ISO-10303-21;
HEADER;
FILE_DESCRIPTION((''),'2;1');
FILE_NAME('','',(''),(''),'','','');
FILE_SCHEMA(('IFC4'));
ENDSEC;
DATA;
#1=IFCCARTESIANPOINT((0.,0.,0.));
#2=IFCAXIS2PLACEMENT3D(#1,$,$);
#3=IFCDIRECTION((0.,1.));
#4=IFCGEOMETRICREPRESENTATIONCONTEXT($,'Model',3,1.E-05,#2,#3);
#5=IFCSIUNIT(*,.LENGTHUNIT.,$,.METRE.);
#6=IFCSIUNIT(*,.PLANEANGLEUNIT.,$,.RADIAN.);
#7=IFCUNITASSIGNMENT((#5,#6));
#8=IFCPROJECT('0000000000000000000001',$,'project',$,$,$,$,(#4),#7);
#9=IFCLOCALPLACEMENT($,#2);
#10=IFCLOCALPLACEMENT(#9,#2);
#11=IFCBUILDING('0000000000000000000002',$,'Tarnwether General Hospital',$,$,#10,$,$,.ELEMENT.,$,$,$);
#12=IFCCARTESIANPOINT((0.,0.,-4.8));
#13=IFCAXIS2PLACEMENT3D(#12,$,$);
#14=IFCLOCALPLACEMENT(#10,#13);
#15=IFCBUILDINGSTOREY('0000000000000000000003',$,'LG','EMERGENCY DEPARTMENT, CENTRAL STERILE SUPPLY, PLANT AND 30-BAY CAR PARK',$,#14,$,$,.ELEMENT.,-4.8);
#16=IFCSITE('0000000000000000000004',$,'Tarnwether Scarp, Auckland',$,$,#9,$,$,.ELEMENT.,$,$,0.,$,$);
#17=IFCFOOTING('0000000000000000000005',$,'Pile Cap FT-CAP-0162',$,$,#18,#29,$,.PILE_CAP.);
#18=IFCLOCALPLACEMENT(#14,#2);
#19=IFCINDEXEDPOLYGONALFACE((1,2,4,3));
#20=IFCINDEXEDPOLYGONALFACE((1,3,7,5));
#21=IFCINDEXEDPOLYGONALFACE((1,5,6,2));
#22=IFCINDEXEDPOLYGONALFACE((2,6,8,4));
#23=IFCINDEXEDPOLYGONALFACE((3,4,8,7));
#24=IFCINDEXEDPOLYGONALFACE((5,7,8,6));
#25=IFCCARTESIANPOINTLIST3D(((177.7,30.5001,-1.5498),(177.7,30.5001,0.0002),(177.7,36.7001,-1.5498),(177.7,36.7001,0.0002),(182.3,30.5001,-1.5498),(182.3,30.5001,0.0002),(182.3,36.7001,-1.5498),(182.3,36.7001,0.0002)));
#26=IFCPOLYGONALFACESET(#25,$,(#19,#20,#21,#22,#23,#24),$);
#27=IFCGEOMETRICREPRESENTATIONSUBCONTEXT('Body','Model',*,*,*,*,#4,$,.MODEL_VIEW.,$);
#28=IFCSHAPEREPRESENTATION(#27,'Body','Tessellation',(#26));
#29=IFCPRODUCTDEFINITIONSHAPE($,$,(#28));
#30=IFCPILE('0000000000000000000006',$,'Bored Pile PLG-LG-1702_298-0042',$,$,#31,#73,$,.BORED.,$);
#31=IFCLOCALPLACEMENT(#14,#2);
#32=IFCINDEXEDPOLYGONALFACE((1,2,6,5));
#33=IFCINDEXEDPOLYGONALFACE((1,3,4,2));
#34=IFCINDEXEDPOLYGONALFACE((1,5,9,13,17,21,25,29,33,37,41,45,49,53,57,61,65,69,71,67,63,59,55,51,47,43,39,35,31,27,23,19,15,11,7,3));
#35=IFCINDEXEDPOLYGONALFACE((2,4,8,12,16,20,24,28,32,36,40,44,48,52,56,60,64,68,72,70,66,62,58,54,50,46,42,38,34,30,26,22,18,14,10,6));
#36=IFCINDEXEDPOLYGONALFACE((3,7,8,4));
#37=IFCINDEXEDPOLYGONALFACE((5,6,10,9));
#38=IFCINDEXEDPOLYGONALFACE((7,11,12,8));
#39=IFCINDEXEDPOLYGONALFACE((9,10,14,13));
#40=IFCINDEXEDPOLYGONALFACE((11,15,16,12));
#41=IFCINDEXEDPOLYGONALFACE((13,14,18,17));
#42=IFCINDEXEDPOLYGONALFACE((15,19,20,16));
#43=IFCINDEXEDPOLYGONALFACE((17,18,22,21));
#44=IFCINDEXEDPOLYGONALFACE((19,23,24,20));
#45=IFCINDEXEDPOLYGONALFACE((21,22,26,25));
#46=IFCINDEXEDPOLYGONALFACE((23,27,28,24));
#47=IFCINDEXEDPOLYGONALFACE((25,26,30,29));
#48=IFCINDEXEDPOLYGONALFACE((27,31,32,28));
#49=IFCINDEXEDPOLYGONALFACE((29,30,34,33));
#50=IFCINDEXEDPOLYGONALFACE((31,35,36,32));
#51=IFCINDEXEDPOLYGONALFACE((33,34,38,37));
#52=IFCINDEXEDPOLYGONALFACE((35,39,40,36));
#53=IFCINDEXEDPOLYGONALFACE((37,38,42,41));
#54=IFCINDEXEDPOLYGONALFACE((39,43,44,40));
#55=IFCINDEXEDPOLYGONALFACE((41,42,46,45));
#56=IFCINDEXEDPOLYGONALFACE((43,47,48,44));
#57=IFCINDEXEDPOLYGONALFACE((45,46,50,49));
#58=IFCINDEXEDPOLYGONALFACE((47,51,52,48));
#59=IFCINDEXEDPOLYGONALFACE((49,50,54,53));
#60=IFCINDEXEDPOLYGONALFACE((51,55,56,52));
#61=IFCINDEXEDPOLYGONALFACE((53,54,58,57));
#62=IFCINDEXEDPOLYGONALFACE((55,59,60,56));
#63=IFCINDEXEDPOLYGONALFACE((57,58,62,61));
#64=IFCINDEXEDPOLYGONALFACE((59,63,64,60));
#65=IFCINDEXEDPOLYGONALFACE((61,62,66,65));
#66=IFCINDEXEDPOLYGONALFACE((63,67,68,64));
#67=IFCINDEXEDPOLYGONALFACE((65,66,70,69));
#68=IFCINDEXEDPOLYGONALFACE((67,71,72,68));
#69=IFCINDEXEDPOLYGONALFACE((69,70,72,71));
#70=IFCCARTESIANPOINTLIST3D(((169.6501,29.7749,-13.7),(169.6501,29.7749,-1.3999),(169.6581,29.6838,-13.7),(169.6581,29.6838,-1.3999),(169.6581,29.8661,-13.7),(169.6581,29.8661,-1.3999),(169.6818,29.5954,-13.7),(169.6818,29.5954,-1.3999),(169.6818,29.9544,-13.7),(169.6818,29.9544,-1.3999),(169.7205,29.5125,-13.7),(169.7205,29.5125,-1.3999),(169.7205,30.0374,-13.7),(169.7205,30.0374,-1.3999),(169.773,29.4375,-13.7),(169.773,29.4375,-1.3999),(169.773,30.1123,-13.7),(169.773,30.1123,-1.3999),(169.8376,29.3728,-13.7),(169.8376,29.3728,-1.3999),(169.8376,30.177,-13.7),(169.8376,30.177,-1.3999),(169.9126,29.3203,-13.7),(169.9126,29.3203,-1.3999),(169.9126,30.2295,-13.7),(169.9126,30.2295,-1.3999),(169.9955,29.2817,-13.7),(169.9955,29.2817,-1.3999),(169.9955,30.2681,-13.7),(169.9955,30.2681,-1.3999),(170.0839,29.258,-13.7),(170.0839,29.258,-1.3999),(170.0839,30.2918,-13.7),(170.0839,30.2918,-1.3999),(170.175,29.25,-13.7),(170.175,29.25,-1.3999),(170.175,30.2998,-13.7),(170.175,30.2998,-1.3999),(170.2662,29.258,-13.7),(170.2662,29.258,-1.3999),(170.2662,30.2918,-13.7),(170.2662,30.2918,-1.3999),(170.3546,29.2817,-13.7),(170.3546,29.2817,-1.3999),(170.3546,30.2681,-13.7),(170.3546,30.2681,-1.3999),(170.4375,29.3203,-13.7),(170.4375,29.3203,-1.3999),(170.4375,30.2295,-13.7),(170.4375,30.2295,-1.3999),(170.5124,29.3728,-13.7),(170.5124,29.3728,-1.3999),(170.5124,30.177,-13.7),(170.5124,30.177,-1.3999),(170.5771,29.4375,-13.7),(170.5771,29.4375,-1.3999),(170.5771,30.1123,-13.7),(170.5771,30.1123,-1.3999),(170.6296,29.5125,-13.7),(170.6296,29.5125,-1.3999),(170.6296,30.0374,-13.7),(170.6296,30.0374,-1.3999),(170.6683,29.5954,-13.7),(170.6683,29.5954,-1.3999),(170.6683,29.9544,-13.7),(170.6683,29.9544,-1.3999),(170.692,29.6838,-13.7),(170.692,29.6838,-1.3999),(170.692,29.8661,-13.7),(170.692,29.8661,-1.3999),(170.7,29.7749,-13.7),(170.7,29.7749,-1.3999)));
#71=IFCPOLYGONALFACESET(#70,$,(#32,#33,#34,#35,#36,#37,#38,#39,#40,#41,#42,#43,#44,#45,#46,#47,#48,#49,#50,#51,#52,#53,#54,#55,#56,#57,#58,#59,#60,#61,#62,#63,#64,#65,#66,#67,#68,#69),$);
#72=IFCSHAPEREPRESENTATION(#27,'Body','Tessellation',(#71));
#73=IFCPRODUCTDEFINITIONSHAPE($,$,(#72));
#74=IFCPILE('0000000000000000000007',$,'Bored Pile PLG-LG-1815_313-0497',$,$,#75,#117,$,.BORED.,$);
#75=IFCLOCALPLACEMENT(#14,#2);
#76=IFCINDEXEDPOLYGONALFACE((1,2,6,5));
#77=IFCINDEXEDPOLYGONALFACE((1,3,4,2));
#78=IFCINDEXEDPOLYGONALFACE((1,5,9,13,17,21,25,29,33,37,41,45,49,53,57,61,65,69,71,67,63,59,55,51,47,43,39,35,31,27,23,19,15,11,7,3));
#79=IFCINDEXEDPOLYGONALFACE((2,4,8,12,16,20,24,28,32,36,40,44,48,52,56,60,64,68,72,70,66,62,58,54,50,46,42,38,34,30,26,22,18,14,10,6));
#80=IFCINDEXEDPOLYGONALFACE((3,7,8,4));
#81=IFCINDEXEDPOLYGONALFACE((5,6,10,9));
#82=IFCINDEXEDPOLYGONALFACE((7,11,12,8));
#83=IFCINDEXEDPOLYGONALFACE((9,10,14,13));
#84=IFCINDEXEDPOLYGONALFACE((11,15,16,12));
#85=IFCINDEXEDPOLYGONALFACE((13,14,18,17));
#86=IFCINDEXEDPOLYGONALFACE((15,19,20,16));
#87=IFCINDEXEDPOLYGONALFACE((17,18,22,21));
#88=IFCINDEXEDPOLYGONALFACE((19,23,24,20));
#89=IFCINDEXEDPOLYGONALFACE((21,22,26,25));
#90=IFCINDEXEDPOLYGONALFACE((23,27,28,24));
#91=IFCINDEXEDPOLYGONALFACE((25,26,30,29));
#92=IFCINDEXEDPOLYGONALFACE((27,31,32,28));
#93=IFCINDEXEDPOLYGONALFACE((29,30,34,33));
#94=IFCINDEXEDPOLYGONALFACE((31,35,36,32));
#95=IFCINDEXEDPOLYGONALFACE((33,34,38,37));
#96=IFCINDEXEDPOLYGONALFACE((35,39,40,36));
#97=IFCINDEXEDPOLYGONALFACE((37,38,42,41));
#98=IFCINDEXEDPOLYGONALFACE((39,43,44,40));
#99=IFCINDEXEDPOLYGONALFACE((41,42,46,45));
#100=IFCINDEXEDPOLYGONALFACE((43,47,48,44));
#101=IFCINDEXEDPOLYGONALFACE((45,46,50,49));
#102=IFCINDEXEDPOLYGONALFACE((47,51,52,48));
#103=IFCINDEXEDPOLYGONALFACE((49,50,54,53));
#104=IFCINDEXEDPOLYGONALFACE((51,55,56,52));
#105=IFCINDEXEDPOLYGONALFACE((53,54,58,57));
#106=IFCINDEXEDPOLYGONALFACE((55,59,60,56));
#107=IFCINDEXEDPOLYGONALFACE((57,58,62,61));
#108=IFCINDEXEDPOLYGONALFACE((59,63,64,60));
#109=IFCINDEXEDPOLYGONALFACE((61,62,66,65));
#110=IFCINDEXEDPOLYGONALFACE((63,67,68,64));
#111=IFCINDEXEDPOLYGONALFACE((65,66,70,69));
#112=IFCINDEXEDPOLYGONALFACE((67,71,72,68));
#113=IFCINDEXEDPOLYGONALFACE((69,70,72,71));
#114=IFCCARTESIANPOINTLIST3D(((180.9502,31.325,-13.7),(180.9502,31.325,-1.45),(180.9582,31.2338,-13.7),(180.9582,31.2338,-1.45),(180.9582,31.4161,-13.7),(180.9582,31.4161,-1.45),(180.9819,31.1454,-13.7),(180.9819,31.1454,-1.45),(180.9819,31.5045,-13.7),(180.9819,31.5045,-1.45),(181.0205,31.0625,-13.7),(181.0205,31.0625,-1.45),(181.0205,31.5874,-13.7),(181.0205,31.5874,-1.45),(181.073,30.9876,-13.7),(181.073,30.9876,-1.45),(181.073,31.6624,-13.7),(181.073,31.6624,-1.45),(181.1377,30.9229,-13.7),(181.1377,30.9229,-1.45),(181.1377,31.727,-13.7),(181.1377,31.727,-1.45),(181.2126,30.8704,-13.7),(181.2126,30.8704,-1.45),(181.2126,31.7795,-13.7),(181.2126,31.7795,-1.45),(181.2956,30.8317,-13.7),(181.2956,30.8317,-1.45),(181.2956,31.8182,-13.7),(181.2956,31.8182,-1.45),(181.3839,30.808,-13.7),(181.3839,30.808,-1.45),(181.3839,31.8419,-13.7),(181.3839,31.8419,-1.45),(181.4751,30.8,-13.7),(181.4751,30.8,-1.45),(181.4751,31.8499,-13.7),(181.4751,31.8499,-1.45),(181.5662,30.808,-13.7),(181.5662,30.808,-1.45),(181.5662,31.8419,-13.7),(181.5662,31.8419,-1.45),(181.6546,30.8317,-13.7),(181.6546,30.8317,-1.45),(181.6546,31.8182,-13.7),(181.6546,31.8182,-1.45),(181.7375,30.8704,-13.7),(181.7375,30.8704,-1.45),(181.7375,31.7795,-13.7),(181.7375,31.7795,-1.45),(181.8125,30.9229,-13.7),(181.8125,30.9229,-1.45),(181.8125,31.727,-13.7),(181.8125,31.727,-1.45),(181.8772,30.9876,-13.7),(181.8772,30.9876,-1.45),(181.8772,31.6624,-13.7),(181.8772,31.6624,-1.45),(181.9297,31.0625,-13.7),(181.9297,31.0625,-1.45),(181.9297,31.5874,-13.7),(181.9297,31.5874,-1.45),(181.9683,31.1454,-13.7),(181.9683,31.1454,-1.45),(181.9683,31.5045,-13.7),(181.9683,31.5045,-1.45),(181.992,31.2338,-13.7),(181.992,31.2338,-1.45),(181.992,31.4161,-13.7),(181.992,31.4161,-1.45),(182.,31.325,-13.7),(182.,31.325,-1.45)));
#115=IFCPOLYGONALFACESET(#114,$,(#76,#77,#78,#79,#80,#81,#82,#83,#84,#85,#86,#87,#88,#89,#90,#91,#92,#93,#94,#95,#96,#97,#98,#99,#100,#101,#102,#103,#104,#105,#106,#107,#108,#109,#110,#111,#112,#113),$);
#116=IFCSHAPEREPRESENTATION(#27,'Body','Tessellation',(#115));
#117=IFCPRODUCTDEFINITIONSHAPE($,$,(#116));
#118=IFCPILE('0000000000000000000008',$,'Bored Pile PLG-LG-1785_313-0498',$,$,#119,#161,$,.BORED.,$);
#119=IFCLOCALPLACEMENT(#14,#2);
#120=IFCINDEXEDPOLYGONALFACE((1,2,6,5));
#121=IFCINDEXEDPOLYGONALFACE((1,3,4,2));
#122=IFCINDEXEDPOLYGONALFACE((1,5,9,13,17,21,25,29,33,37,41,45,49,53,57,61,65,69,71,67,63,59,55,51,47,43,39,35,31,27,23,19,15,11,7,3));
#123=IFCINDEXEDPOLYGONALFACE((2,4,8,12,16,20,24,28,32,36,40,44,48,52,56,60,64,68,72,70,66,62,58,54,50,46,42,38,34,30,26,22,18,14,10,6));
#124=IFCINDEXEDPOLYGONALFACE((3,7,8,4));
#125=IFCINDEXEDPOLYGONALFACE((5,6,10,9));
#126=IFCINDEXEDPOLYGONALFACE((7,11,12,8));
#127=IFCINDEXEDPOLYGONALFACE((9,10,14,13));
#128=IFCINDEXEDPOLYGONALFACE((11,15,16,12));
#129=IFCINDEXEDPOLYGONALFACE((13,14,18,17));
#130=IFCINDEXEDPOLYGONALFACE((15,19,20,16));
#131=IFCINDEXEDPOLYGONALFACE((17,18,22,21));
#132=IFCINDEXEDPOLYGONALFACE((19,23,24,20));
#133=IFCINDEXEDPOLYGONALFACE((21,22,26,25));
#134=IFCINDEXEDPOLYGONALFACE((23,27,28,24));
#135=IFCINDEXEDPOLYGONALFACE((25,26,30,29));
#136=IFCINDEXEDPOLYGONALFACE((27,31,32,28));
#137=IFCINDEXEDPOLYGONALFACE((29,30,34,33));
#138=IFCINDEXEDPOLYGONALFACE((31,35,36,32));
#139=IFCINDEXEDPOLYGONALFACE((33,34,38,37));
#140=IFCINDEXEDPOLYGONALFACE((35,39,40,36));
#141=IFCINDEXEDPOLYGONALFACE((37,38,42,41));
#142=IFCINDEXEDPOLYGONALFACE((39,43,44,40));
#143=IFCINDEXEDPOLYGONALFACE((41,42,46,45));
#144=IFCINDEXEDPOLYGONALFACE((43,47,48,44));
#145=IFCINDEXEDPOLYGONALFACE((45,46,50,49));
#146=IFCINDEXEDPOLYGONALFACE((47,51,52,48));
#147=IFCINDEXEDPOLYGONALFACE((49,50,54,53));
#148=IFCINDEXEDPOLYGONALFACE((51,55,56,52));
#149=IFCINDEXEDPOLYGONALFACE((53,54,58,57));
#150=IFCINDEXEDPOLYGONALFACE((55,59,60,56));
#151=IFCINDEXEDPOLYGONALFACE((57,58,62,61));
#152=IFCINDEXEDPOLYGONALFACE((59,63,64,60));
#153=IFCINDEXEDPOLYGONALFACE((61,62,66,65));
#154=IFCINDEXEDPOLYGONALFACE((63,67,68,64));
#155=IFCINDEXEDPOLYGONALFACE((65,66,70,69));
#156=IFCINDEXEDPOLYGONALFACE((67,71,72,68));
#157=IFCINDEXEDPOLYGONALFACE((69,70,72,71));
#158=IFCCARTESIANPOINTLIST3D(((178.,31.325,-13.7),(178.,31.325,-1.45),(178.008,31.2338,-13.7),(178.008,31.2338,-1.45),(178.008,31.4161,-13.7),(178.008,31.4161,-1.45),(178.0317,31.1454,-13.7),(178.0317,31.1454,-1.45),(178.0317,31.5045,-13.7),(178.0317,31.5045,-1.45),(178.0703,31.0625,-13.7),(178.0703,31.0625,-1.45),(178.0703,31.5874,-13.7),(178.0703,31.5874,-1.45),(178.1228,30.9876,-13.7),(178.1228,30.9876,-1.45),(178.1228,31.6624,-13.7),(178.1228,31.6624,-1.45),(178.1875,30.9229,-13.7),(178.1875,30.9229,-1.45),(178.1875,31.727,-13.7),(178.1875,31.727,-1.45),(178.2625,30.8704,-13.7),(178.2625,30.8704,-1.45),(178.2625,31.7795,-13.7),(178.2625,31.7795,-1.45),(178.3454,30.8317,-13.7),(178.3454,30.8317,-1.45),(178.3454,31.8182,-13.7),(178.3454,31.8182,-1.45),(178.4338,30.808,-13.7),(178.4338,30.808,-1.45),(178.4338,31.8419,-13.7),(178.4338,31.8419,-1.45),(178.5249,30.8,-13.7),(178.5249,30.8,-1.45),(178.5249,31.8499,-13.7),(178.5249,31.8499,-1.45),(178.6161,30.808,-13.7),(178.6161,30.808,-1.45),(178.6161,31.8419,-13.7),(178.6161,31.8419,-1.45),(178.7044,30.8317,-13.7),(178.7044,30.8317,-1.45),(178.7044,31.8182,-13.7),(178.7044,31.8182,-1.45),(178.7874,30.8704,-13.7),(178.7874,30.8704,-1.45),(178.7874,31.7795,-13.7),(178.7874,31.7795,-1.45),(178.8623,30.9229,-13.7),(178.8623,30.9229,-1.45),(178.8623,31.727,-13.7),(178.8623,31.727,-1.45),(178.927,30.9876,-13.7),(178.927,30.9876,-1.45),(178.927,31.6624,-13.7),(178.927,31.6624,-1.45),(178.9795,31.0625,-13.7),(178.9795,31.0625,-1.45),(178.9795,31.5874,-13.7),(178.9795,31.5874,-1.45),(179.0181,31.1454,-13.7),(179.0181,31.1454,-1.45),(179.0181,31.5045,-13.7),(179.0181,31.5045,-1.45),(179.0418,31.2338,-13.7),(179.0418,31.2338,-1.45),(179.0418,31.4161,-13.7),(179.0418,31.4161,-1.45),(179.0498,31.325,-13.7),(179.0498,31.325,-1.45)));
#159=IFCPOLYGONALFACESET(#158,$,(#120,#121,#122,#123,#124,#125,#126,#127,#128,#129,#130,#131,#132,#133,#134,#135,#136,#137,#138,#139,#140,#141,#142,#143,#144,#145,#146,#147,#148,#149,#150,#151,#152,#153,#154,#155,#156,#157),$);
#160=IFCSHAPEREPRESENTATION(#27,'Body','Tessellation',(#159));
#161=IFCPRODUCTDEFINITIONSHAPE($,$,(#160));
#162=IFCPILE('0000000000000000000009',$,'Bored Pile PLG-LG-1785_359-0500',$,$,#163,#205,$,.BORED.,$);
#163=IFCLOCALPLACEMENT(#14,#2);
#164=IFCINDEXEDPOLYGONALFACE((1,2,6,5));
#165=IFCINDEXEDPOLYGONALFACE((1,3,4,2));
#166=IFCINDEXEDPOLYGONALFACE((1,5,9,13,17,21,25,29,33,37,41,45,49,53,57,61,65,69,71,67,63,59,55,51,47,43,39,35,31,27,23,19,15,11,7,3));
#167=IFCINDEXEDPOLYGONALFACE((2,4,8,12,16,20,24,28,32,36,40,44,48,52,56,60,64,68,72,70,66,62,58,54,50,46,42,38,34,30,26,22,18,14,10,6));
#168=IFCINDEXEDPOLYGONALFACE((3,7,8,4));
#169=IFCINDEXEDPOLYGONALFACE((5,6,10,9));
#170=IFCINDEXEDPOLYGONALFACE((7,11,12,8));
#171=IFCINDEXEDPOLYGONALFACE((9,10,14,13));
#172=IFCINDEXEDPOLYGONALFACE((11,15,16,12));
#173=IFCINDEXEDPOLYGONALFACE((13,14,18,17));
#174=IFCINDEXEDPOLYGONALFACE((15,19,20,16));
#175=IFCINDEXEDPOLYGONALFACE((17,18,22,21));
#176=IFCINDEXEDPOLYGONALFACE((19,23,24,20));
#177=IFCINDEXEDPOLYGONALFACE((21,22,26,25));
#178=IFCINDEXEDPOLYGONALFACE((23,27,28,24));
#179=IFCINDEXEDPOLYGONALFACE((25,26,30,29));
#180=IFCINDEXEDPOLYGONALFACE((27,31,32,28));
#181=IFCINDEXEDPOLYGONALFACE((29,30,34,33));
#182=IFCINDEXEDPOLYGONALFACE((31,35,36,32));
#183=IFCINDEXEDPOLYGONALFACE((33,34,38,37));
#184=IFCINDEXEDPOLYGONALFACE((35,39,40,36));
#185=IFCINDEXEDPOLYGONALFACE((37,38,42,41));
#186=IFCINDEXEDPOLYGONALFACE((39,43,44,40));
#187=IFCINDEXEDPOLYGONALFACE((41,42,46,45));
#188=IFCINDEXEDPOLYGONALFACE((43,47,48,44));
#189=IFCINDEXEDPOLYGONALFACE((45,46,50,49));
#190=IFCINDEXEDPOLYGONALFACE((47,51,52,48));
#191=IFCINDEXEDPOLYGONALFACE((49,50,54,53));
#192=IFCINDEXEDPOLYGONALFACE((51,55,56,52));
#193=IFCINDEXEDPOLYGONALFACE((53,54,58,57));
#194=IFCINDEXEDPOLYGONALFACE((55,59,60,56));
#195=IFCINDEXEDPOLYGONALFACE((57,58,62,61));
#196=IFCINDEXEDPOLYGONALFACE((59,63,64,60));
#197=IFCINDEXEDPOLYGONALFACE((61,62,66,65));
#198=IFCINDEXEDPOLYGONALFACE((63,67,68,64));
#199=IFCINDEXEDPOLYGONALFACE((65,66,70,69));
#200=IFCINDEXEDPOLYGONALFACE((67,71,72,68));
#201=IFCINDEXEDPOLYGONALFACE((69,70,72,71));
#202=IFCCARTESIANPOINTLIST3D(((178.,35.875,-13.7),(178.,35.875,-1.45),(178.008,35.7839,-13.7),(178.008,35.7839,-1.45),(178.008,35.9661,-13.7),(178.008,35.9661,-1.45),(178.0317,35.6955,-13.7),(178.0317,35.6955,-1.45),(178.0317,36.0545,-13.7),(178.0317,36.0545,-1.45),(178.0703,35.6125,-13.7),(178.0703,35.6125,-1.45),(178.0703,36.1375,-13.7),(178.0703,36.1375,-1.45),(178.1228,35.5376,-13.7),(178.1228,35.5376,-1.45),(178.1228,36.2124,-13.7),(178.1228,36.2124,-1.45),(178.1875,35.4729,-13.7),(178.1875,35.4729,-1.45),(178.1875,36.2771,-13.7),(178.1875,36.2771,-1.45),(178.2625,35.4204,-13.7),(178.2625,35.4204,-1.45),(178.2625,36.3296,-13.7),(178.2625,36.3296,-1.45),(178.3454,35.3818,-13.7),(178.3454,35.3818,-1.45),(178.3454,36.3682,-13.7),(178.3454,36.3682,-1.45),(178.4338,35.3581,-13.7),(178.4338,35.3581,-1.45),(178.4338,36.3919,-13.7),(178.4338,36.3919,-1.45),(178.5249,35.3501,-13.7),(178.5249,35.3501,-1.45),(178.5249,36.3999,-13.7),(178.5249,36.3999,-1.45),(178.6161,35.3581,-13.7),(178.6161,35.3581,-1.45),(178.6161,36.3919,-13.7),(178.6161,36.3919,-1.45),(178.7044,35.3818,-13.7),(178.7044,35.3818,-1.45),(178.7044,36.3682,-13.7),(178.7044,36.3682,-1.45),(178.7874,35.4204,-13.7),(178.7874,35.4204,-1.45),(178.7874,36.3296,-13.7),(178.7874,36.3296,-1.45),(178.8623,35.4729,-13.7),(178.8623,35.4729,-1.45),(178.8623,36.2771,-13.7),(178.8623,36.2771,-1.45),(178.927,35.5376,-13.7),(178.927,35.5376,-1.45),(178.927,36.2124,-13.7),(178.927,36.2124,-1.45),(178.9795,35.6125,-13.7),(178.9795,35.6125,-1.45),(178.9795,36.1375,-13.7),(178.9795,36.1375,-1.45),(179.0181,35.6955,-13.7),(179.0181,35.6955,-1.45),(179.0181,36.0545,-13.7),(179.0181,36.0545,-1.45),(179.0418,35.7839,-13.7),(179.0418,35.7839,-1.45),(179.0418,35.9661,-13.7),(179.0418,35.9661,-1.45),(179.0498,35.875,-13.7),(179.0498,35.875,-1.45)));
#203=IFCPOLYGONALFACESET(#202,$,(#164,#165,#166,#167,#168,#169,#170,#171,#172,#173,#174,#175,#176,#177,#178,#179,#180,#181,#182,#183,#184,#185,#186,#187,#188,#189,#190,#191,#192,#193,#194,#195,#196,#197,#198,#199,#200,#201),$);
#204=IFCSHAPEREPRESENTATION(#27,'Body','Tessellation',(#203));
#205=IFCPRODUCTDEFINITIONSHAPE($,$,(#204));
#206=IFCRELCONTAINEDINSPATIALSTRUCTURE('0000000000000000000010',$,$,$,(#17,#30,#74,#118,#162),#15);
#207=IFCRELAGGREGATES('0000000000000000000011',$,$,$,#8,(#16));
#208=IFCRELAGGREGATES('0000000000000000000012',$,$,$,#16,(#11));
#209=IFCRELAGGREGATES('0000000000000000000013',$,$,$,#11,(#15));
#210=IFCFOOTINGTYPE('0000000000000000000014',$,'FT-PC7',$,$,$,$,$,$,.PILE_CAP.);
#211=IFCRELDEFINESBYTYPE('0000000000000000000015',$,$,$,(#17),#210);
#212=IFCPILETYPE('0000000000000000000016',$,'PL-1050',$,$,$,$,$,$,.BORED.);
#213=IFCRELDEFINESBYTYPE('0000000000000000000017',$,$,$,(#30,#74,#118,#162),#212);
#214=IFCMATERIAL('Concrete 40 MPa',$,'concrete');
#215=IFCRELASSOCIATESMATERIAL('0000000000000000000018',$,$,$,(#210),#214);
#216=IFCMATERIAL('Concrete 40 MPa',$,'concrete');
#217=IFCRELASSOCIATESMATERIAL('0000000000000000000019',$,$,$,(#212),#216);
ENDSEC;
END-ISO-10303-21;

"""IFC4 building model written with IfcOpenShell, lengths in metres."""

from ifc_helpers import new_model, si_unit, direction, frame, origin, origin_2d, place, context, subcontext, project, spatial, rectangle, circle, extrude, material, material_profile, profile_set, type_object, element, save


model = new_model("IFC4")

# Units and contexts
model_context = context("Model", 3, precision=1e-05, world=origin(), true_north=direction((0.0, 1.0)))
body_context = subcontext(model_context, "Body", "Model", "MODEL_VIEW")
ifc_project = project(units=[si_unit("LENGTHUNIT", "METRE"), si_unit("PLANEANGLEUNIT", "RADIAN")], contexts=[model_context])

# Site, building, storey
site_placement = place(None, origin())
site = spatial("IfcSite", under=ifc_project, at=site_placement, Name="Tarnwether Scarp, Auckland", CompositionType="ELEMENT", RefElevation=0.0)
building_placement = place(site_placement, origin())
building = spatial("IfcBuilding", under=site, at=building_placement, Name="Tarnwether General Hospital", CompositionType="ELEMENT")
storey_placement = place(building_placement, frame((0.0, 0.0, -4.8)))
storey = spatial("IfcBuildingStorey", under=building, at=storey_placement, Name="LG", Description="EMERGENCY DEPARTMENT, CENTRAL STERILE SUPPLY, PLANT AND 30-BAY CAR PARK", CompositionType="ELEMENT", Elevation=-4.8)

# Footing
ifc_material_1 = material(Name="Concrete 40 MPa", Category="concrete")
footing_type = type_object("IfcFootingType", Name="FT-PC7", PredefinedType="PILE_CAP", material=ifc_material_1)
footing_placement = place(storey_placement, frame((180.0, 33.6001, -1.5498), z_axis=(0.0, 0.0, 1.0), x_axis=(0.0, 1.0, 0.0)))
element("IfcFooting", 1, at=footing_placement, inside=storey, type_object=footing_type, Name="Pile Cap FT-CAP-0162", PredefinedType="PILE_CAP", context=body_context, shape_type="SweptSolid", body=[
    extrude(rectangle(XDim=6.2, YDim=4.6001, at=origin_2d()), origin(), (0.0, 0.0, 1.0), 1.55),
])

# Piles
ifc_material_2 = material(Name="Concrete 40 MPa", Category="concrete")
ifc_material_profile_1 = material_profile(ifc_material_2, circle(Radius=0.5249, at=origin_2d()), Name="PILE-D1050")
ifc_profile_set_1 = profile_set([ifc_material_profile_1], Name="Concrete 40 MPa")
pile_type_1 = type_object("IfcPileType", Name="PL-1050", PredefinedType="BORED", material=ifc_profile_set_1)
pile_1_placement = place(storey_placement, frame((170.175, 29.7749, -1.3999), z_axis=(0.0, 0.0, -1.0), x_axis=(1.0, 0.0, 0.0)))
element("IfcPile", 2, at=pile_1_placement, inside=storey, type_object=pile_type_1, Name="Bored Pile PLG-LG-1702_298-0042", PredefinedType="BORED", context=body_context, shape_type="SweptSolid", body=[
    extrude(circle(Radius=0.5249, at=origin_2d()), origin(), (0.0, 0.0, 1.0), 12.3),
])
for number, where, z_axis, x_axis, name in (
    (3, (181.4751, 31.325, -1.45), (0.0, 0.0, -1.0), (1.0, 0.0, 0.0), "Bored Pile PLG-LG-1815_313-0497"),
    (4, (178.5249, 31.325, -1.45), (0.0, 0.0, -1.0), (1.0, 0.0, 0.0), "Bored Pile PLG-LG-1785_313-0498"),
    (5, (178.5249, 35.875, -1.45), (0.0, 0.0, -1.0), (1.0, 0.0, 0.0), "Bored Pile PLG-LG-1785_359-0500"),
):
    element("IfcPile", number, at=place(storey_placement, frame(where, z_axis=z_axis, x_axis=x_axis)), inside=storey, type_object=pile_type_1, Name=name, PredefinedType="BORED", context=body_context, shape_type="SweptSolid", body=[
        extrude(circle(Radius=0.5249, at=origin_2d()), origin(), (0.0, 0.0, 1.0), 12.25),
    ])

save(model, "model.ifc")
